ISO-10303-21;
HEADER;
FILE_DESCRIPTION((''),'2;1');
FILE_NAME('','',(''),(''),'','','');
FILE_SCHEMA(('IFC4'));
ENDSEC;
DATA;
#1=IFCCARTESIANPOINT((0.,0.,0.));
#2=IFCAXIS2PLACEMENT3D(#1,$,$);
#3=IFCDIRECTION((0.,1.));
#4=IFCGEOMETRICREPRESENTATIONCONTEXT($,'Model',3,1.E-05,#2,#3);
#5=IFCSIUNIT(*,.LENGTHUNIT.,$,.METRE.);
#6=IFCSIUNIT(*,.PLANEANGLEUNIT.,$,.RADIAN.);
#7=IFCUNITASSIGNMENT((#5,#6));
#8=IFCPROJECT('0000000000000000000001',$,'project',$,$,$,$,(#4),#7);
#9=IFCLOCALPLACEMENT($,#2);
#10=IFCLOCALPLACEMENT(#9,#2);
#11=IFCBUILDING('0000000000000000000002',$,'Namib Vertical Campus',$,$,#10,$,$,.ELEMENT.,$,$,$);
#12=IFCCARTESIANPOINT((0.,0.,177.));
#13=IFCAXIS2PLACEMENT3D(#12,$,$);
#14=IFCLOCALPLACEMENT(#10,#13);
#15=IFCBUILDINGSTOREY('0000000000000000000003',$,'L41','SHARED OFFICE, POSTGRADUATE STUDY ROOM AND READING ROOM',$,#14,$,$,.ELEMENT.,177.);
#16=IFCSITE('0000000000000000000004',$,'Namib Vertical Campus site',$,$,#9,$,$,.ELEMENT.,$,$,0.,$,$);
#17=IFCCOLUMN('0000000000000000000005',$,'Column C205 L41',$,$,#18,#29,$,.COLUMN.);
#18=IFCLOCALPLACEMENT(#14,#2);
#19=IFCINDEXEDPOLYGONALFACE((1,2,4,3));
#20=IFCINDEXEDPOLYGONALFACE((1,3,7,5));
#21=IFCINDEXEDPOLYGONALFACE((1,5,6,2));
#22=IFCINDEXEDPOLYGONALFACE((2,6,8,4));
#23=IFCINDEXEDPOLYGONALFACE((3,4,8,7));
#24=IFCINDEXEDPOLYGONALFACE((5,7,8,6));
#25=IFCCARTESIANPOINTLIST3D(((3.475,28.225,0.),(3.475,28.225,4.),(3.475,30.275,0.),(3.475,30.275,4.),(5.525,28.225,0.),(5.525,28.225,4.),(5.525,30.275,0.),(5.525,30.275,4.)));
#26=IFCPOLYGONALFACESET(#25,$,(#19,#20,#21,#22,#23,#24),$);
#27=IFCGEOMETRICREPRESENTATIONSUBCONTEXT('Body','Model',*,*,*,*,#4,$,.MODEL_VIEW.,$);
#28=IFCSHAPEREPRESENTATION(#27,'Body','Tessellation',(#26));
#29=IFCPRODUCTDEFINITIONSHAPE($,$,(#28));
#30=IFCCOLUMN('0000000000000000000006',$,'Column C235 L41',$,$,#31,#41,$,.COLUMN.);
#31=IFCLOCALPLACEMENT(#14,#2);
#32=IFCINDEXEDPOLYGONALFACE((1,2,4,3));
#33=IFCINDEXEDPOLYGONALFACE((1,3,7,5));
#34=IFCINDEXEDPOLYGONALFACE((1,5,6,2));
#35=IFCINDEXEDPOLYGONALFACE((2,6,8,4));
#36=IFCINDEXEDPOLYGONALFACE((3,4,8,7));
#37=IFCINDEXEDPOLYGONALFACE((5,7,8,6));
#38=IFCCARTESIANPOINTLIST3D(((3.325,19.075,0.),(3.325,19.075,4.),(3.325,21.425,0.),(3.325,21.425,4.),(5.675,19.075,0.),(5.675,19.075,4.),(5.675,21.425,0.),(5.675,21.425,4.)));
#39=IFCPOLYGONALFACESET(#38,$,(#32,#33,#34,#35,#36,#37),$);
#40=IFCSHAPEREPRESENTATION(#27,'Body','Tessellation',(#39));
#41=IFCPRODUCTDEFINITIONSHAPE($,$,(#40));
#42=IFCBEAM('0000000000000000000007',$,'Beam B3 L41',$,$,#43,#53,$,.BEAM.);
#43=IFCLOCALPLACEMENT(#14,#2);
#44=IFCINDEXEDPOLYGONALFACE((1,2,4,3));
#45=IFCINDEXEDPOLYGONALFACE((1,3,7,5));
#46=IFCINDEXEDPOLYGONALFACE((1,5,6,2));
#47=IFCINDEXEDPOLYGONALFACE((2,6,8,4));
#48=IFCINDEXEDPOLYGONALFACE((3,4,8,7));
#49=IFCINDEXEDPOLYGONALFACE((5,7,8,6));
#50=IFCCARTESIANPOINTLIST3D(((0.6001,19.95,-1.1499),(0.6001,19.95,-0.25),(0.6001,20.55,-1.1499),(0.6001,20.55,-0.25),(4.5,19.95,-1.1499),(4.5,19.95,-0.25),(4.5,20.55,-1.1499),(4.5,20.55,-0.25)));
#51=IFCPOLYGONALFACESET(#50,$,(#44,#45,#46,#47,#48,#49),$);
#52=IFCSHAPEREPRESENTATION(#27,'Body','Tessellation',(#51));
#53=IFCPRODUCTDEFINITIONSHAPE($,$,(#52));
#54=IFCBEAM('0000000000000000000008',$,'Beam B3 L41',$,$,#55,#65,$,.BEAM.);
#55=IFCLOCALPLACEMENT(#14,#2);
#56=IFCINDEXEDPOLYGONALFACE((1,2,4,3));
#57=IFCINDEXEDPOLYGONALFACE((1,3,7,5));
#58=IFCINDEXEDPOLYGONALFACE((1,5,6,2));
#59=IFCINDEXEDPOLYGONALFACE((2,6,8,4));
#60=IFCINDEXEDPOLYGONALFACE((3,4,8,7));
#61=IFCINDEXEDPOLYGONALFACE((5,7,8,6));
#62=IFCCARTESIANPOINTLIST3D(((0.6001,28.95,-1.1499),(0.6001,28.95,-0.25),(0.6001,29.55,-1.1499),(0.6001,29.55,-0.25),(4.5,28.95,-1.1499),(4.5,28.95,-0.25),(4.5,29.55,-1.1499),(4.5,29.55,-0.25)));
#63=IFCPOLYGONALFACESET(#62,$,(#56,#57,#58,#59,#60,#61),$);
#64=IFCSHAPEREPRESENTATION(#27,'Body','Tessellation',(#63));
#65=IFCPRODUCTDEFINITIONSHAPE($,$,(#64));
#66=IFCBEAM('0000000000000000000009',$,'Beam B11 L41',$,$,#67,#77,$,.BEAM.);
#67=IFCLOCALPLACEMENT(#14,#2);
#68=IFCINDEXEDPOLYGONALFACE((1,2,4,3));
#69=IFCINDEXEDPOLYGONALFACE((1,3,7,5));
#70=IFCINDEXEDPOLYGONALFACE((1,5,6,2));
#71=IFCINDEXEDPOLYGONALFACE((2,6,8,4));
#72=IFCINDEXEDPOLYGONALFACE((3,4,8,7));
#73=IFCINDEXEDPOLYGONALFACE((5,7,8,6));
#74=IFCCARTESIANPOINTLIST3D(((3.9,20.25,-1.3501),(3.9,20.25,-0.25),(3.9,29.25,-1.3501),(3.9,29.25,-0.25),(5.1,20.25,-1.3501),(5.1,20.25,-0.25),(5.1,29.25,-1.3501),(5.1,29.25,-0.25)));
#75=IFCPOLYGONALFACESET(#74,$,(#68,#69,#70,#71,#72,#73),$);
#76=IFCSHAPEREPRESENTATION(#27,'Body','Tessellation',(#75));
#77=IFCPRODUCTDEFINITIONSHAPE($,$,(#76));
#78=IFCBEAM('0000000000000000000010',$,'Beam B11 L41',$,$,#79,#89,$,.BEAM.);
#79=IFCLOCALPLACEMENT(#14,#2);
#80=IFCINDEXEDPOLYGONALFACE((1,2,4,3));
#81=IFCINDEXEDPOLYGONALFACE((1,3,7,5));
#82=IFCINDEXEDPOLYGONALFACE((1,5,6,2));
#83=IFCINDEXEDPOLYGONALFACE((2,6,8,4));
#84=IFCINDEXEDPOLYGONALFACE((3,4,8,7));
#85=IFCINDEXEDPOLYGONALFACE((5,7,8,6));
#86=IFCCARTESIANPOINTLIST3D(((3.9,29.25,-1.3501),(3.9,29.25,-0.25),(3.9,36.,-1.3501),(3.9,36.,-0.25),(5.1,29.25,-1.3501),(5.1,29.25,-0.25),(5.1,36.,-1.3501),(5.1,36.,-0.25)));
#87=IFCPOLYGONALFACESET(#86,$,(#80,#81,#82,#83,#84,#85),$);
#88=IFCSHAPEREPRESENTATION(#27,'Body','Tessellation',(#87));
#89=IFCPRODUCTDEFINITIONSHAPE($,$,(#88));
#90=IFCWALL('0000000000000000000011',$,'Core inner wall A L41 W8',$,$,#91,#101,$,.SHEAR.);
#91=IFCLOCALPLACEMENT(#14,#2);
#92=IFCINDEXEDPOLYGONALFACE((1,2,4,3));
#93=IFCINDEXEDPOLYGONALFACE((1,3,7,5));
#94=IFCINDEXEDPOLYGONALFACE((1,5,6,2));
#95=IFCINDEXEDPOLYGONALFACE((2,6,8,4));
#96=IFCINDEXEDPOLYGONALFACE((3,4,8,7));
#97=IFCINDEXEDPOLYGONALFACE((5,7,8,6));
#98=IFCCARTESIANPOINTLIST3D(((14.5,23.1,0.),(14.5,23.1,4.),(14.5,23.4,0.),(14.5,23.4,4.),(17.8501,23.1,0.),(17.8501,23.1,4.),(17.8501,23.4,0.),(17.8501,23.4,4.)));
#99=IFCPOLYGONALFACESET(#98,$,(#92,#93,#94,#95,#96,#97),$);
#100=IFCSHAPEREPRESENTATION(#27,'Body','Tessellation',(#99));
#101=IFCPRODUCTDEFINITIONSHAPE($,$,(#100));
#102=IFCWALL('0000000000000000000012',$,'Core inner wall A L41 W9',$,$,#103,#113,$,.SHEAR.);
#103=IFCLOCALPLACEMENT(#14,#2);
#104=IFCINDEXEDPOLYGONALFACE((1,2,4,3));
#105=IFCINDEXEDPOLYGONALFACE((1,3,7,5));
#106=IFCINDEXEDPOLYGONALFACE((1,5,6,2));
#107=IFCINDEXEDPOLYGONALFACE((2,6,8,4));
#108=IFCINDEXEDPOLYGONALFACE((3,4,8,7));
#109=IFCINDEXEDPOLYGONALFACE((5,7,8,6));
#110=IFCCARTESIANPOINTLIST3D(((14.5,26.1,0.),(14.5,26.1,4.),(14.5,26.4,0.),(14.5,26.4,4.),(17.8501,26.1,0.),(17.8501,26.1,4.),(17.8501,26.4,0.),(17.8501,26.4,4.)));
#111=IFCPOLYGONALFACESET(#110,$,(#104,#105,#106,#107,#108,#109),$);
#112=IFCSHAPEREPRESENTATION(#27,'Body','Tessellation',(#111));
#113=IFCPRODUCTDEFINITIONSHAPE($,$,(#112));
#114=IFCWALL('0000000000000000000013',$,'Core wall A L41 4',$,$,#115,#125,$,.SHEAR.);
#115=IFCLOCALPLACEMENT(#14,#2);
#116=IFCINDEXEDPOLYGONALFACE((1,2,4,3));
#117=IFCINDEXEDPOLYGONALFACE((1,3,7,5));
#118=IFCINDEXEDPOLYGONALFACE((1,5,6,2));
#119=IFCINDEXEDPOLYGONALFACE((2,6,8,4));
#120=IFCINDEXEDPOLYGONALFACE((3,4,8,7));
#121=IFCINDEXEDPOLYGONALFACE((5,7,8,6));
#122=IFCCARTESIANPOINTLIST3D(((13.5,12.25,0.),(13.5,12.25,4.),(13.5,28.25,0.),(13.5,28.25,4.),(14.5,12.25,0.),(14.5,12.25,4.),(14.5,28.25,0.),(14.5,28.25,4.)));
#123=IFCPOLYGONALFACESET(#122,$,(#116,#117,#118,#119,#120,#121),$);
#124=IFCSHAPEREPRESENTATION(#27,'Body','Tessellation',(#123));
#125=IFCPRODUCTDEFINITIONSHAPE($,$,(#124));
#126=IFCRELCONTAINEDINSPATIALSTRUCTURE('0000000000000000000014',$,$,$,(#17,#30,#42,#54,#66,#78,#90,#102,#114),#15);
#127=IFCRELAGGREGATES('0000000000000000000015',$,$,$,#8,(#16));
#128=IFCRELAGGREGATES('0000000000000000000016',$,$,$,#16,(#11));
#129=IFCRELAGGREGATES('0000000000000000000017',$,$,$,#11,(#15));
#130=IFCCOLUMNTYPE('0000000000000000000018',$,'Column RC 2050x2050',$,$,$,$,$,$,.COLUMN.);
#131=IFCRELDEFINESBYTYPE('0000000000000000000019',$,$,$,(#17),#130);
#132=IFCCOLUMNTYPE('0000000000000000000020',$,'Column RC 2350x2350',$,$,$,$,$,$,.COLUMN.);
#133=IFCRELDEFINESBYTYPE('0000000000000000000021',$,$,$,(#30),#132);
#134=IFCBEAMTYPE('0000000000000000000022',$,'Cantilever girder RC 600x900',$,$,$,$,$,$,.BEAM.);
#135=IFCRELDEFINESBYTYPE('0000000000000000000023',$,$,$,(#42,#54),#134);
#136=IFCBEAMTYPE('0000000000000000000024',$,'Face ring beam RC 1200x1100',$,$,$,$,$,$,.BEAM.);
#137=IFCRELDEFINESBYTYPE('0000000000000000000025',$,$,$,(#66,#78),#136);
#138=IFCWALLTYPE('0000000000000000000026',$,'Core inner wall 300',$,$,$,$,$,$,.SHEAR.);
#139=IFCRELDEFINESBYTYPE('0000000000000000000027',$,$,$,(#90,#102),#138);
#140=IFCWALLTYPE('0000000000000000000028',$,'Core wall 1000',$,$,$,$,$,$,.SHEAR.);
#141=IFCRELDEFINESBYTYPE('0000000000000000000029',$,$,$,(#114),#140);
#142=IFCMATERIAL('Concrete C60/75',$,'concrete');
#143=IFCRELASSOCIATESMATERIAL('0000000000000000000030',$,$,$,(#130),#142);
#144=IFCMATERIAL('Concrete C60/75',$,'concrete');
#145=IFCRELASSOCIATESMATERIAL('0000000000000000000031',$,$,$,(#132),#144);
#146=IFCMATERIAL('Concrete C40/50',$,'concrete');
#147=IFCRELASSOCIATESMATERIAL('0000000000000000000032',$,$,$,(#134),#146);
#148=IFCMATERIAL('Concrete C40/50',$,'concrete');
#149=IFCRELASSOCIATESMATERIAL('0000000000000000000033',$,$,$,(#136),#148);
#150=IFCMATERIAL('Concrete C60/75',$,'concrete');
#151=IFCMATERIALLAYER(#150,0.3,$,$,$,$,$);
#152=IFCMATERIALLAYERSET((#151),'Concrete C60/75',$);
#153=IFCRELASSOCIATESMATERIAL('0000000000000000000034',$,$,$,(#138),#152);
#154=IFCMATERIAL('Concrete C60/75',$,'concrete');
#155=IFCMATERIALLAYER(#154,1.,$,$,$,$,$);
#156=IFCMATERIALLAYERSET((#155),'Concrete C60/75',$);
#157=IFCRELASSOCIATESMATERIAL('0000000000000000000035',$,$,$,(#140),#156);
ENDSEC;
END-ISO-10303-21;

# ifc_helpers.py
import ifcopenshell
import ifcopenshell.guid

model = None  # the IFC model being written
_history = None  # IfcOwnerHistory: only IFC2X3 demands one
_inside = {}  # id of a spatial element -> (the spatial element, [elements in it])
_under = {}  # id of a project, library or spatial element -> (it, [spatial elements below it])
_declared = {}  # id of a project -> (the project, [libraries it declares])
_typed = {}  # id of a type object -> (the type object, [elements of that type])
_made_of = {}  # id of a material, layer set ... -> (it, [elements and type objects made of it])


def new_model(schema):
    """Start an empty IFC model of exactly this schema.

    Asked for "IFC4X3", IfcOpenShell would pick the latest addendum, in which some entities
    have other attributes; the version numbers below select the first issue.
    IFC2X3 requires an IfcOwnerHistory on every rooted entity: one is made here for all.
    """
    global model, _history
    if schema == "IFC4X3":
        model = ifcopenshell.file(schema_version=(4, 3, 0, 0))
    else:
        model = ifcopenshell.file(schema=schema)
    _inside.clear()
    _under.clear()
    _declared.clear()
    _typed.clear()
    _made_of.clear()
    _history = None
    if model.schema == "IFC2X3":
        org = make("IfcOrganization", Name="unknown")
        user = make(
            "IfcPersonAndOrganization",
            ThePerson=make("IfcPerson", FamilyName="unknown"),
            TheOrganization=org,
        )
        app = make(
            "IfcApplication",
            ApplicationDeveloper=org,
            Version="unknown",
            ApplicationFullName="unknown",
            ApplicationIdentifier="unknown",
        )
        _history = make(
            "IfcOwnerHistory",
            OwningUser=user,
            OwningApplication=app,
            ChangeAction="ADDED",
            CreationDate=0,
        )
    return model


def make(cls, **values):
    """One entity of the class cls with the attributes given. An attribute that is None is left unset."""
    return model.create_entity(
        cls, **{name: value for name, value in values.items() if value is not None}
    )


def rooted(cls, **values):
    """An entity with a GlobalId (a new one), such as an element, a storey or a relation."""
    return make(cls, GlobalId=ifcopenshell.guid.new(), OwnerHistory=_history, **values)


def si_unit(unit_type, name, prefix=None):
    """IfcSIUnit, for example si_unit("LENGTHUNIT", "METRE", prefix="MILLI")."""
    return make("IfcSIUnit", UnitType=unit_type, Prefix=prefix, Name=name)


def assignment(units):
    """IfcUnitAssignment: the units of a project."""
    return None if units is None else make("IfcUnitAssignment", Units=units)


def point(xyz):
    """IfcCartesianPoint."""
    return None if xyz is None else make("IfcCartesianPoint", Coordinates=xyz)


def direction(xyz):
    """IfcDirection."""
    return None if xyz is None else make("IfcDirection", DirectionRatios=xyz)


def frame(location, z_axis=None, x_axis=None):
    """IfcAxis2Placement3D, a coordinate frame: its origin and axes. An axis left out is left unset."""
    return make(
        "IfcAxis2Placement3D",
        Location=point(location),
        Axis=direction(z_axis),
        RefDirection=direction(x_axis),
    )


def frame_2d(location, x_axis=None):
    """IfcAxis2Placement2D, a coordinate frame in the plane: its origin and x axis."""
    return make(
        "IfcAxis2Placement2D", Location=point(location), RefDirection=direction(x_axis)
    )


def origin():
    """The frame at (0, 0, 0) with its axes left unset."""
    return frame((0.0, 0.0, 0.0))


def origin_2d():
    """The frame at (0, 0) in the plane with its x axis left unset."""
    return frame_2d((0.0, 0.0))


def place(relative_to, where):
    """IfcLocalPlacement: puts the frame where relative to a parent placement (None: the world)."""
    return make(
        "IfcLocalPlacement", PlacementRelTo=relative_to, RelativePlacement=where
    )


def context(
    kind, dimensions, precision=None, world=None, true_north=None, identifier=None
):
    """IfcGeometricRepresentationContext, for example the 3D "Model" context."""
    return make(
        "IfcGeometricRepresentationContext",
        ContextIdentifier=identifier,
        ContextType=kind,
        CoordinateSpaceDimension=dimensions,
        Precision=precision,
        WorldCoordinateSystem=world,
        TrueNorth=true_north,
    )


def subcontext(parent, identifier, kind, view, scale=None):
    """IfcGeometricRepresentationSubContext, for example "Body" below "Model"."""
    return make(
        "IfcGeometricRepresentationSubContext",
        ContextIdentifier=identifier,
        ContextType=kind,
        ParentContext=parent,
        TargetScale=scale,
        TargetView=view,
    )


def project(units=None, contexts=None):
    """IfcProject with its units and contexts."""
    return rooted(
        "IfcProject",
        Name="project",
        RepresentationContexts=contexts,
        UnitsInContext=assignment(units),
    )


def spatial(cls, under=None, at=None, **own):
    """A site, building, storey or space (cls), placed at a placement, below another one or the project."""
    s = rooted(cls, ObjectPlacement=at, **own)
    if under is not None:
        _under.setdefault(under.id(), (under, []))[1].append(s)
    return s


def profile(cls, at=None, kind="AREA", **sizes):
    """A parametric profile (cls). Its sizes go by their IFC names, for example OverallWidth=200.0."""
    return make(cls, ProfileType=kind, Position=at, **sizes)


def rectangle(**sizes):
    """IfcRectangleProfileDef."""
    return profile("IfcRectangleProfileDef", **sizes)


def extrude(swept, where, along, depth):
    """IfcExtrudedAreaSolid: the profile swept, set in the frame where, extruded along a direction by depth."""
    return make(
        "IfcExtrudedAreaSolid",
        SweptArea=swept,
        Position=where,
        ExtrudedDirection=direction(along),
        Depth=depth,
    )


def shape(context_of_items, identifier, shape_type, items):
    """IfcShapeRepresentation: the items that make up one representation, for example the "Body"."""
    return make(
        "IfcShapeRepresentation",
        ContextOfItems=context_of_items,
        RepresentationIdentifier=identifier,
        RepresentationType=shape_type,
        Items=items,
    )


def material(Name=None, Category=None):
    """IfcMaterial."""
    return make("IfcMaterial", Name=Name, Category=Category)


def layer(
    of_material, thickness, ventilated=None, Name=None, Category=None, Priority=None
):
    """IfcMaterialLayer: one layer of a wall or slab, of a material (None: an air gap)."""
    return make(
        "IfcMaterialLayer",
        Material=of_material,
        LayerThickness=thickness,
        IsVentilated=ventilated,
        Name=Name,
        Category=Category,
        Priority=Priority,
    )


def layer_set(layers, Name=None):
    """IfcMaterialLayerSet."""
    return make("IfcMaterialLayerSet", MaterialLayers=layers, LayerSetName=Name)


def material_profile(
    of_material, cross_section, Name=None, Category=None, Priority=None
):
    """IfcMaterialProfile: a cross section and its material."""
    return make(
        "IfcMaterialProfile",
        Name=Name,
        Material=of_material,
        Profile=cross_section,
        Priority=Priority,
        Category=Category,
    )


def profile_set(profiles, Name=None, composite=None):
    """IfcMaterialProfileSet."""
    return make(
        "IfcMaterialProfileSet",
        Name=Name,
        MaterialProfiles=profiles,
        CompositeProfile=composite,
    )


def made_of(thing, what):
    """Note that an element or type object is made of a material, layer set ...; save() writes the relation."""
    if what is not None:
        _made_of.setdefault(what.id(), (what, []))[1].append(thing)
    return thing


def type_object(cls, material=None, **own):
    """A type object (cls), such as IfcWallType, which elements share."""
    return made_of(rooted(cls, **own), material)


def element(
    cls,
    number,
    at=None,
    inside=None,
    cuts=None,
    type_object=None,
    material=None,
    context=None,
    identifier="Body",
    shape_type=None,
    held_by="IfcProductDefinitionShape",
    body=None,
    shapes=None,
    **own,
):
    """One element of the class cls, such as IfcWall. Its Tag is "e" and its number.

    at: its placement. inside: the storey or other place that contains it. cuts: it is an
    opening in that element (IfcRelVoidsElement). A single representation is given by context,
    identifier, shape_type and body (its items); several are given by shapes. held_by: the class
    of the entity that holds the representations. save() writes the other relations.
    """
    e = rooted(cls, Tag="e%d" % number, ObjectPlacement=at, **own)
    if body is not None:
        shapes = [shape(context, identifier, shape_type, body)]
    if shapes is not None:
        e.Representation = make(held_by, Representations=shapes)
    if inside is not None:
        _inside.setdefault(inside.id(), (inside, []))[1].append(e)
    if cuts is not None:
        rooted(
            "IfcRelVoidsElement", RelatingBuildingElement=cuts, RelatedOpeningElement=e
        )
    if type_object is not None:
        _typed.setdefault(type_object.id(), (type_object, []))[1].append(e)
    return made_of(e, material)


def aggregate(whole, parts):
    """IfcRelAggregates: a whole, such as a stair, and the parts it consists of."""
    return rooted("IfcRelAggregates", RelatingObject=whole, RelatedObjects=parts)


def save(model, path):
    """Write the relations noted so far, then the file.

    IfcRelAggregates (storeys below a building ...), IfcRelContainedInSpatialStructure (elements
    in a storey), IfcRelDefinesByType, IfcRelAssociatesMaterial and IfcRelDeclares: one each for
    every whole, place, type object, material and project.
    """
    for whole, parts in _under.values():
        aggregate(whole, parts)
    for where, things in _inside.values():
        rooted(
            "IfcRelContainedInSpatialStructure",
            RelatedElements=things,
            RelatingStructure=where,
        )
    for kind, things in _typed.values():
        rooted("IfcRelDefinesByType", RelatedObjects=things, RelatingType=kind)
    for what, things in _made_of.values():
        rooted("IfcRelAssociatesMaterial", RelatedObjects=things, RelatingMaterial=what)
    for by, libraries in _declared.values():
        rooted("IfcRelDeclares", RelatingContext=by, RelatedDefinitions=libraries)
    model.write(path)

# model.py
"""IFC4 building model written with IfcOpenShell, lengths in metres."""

from ifc_helpers import new_model, si_unit, direction, frame, frame_2d, origin, origin_2d, place, context, subcontext, project, spatial, rectangle, extrude, material, layer, layer_set, material_profile, profile_set, type_object, element, save


model = new_model("IFC4")

# Units and contexts
model_context = context("Model", 3, precision=1e-05, world=origin(), true_north=direction((0.0, 1.0)))
body_context = subcontext(model_context, "Body", "Model", "MODEL_VIEW")
ifc_project = project(units=[si_unit("LENGTHUNIT", "METRE"), si_unit("PLANEANGLEUNIT", "RADIAN")], contexts=[model_context])

# Site, building, storey
site_placement = place(None, origin())
site = spatial("IfcSite", under=ifc_project, at=site_placement, Name="Namib Vertical Campus site", CompositionType="ELEMENT", RefElevation=0.0)
building_placement = place(site_placement, origin())
building = spatial("IfcBuilding", under=site, at=building_placement, Name="Namib Vertical Campus", CompositionType="ELEMENT")
storey_placement = place(building_placement, frame((0.0, 0.0, 177.0)))
storey = spatial("IfcBuildingStorey", under=building, at=storey_placement, Name="L41", Description="SHARED OFFICE, POSTGRADUATE STUDY ROOM AND READING ROOM", CompositionType="ELEMENT", Elevation=177.0)

# Columns
ifc_material_1 = material(Name="Concrete C60/75", Category="concrete")
ifc_material_profile_1 = material_profile(ifc_material_1, rectangle(XDim=2.05, YDim=2.05, at=origin_2d()))
ifc_profile_set_1 = profile_set([ifc_material_profile_1], Name="Concrete C60/75")
column_type_1 = type_object("IfcColumnType", Name="Column RC 2050x2050", PredefinedType="COLUMN", material=ifc_profile_set_1)
column_1_placement = place(storey_placement, frame((4.5, 29.25, 0.0), z_axis=(0.0, 0.0, 1.0), x_axis=(1.0, 0.0, 0.0)))
element("IfcColumn", 1, at=column_1_placement, inside=storey, type_object=column_type_1, Name="Column C205 L41", PredefinedType="COLUMN", context=body_context, shape_type="SweptSolid", body=[
    extrude(rectangle(XDim=2.05, YDim=2.05, at=origin_2d()), origin(), (0.0, 0.0, 1.0), 4.0),
])
ifc_material_2 = material(Name="Concrete C60/75", Category="concrete")
ifc_material_profile_2 = material_profile(ifc_material_2, rectangle(XDim=2.3501, YDim=2.3501, at=origin_2d()))
ifc_profile_set_2 = profile_set([ifc_material_profile_2], Name="Concrete C60/75")
column_type_2 = type_object("IfcColumnType", Name="Column RC 2350x2350", PredefinedType="COLUMN", material=ifc_profile_set_2)
column_2_placement = place(storey_placement, frame((4.5, 20.25, 0.0), z_axis=(0.0, 0.0, 1.0), x_axis=(1.0, 0.0, 0.0)))
element("IfcColumn", 2, at=column_2_placement, inside=storey, type_object=column_type_2, Name="Column C235 L41", PredefinedType="COLUMN", context=body_context, shape_type="SweptSolid", body=[
    extrude(rectangle(XDim=2.3501, YDim=2.3501, at=origin_2d()), origin(), (0.0, 0.0, 1.0), 4.0),
])

# Beams
ifc_material_3 = material(Name="Concrete C40/50", Category="concrete")
ifc_material_profile_3 = material_profile(ifc_material_3, rectangle(XDim=0.6001, YDim=0.8999, at=origin_2d()))
ifc_profile_set_3 = profile_set([ifc_material_profile_3], Name="Concrete C40/50")
beam_type_1 = type_object("IfcBeamType", Name="Cantilever girder RC 600x900", PredefinedType="BEAM", material=ifc_profile_set_3)
for number, where, z_axis, x_axis, name in (
    (3, (4.5, 20.25, -0.7), (-1.0, 0.0, 0.0), (0.0, -1.0, 0.0), "Beam B3 L41"),
    (4, (4.5, 29.25, -0.7), (-1.0, 0.0, 0.0), (0.0, -1.0, 0.0), "Beam B3 L41"),
):
    element("IfcBeam", number, at=place(storey_placement, frame(where, z_axis=z_axis, x_axis=x_axis)), inside=storey, type_object=beam_type_1, Name=name, PredefinedType="BEAM", context=body_context, shape_type="SweptSolid", body=[
        extrude(rectangle(XDim=0.6001, YDim=0.8999, at=origin_2d()), origin(), (0.0, 0.0, 1.0), 3.8999),
    ])
ifc_material_4 = material(Name="Concrete C40/50", Category="concrete")
ifc_material_profile_4 = material_profile(ifc_material_4, rectangle(XDim=1.2, YDim=1.1001, at=origin_2d()))
ifc_profile_set_4 = profile_set([ifc_material_profile_4], Name="Concrete C40/50")
beam_type_2 = type_object("IfcBeamType", Name="Face ring beam RC 1200x1100", PredefinedType="BEAM", material=ifc_profile_set_4)
beam_1_placement = place(storey_placement, frame((4.5, 20.25, -0.8), z_axis=(0.0, 1.0, 0.0), x_axis=(-1.0, 0.0, 0.0)))
element("IfcBeam", 5, at=beam_1_placement, inside=storey, type_object=beam_type_2, Name="Beam B11 L41", PredefinedType="BEAM", context=body_context, shape_type="SweptSolid", body=[
    extrude(rectangle(XDim=1.2, YDim=1.1001, at=origin_2d()), origin(), (0.0, 0.0, 1.0), 9.0),
])
beam_2_placement = place(storey_placement, frame((4.5, 29.25, -0.8), z_axis=(0.0, 1.0, 0.0), x_axis=(-1.0, 0.0, 0.0)))
element("IfcBeam", 6, at=beam_2_placement, inside=storey, type_object=beam_type_2, Name="Beam B11 L41", PredefinedType="BEAM", context=body_context, shape_type="SweptSolid", body=[
    extrude(rectangle(XDim=1.2, YDim=1.1001, at=origin_2d()), origin(), (0.0, 0.0, 1.0), 6.75),
])

# Walls
ifc_material_5 = material(Name="Concrete C60/75", Category="concrete")
ifc_layer_1 = layer(ifc_material_5, 0.3)
ifc_layer_set_1 = layer_set([ifc_layer_1], Name="Concrete C60/75")
wall_type_1 = type_object("IfcWallType", Name="Core inner wall 300", PredefinedType="SHEAR", material=ifc_layer_set_1)
for number, where, z_axis, x_axis, name in (
    (7, (14.5, 23.25, 0.0), (0.0, 0.0, 1.0), (1.0, 0.0, 0.0), "Core inner wall A L41 W8"),
    (8, (14.5, 26.25, 0.0), (0.0, 0.0, 1.0), (1.0, 0.0, 0.0), "Core inner wall A L41 W9"),
):
    element("IfcWall", number, at=place(storey_placement, frame(where, z_axis=z_axis, x_axis=x_axis)), inside=storey, type_object=wall_type_1, Name=name, PredefinedType="SHEAR", context=body_context, shape_type="SweptSolid", body=[
        extrude(rectangle(XDim=3.3501, YDim=0.3, at=frame_2d((1.675, 0.0))), origin(), (0.0, 0.0, 1.0), 4.0),
    ])
ifc_material_6 = material(Name="Concrete C60/75", Category="concrete")
ifc_layer_2 = layer(ifc_material_6, 1.0)
ifc_layer_set_2 = layer_set([ifc_layer_2], Name="Concrete C60/75")
wall_type_2 = type_object("IfcWallType", Name="Core wall 1000", PredefinedType="SHEAR", material=ifc_layer_set_2)
wall_1_placement = place(storey_placement, frame((14.0, 28.25, 0.0), z_axis=(0.0, 0.0, 1.0), x_axis=(0.0, -1.0, 0.0)))
element("IfcWall", 9, at=wall_1_placement, inside=storey, type_object=wall_type_2, Name="Core wall A L41 4", PredefinedType="SHEAR", context=body_context, shape_type="SweptSolid", body=[
    extrude(rectangle(XDim=16.0, YDim=1.0, at=frame_2d((8.0, 0.0))), origin(), (0.0, 0.0, 1.0), 4.0),
])

save(model, "model.ifc")
